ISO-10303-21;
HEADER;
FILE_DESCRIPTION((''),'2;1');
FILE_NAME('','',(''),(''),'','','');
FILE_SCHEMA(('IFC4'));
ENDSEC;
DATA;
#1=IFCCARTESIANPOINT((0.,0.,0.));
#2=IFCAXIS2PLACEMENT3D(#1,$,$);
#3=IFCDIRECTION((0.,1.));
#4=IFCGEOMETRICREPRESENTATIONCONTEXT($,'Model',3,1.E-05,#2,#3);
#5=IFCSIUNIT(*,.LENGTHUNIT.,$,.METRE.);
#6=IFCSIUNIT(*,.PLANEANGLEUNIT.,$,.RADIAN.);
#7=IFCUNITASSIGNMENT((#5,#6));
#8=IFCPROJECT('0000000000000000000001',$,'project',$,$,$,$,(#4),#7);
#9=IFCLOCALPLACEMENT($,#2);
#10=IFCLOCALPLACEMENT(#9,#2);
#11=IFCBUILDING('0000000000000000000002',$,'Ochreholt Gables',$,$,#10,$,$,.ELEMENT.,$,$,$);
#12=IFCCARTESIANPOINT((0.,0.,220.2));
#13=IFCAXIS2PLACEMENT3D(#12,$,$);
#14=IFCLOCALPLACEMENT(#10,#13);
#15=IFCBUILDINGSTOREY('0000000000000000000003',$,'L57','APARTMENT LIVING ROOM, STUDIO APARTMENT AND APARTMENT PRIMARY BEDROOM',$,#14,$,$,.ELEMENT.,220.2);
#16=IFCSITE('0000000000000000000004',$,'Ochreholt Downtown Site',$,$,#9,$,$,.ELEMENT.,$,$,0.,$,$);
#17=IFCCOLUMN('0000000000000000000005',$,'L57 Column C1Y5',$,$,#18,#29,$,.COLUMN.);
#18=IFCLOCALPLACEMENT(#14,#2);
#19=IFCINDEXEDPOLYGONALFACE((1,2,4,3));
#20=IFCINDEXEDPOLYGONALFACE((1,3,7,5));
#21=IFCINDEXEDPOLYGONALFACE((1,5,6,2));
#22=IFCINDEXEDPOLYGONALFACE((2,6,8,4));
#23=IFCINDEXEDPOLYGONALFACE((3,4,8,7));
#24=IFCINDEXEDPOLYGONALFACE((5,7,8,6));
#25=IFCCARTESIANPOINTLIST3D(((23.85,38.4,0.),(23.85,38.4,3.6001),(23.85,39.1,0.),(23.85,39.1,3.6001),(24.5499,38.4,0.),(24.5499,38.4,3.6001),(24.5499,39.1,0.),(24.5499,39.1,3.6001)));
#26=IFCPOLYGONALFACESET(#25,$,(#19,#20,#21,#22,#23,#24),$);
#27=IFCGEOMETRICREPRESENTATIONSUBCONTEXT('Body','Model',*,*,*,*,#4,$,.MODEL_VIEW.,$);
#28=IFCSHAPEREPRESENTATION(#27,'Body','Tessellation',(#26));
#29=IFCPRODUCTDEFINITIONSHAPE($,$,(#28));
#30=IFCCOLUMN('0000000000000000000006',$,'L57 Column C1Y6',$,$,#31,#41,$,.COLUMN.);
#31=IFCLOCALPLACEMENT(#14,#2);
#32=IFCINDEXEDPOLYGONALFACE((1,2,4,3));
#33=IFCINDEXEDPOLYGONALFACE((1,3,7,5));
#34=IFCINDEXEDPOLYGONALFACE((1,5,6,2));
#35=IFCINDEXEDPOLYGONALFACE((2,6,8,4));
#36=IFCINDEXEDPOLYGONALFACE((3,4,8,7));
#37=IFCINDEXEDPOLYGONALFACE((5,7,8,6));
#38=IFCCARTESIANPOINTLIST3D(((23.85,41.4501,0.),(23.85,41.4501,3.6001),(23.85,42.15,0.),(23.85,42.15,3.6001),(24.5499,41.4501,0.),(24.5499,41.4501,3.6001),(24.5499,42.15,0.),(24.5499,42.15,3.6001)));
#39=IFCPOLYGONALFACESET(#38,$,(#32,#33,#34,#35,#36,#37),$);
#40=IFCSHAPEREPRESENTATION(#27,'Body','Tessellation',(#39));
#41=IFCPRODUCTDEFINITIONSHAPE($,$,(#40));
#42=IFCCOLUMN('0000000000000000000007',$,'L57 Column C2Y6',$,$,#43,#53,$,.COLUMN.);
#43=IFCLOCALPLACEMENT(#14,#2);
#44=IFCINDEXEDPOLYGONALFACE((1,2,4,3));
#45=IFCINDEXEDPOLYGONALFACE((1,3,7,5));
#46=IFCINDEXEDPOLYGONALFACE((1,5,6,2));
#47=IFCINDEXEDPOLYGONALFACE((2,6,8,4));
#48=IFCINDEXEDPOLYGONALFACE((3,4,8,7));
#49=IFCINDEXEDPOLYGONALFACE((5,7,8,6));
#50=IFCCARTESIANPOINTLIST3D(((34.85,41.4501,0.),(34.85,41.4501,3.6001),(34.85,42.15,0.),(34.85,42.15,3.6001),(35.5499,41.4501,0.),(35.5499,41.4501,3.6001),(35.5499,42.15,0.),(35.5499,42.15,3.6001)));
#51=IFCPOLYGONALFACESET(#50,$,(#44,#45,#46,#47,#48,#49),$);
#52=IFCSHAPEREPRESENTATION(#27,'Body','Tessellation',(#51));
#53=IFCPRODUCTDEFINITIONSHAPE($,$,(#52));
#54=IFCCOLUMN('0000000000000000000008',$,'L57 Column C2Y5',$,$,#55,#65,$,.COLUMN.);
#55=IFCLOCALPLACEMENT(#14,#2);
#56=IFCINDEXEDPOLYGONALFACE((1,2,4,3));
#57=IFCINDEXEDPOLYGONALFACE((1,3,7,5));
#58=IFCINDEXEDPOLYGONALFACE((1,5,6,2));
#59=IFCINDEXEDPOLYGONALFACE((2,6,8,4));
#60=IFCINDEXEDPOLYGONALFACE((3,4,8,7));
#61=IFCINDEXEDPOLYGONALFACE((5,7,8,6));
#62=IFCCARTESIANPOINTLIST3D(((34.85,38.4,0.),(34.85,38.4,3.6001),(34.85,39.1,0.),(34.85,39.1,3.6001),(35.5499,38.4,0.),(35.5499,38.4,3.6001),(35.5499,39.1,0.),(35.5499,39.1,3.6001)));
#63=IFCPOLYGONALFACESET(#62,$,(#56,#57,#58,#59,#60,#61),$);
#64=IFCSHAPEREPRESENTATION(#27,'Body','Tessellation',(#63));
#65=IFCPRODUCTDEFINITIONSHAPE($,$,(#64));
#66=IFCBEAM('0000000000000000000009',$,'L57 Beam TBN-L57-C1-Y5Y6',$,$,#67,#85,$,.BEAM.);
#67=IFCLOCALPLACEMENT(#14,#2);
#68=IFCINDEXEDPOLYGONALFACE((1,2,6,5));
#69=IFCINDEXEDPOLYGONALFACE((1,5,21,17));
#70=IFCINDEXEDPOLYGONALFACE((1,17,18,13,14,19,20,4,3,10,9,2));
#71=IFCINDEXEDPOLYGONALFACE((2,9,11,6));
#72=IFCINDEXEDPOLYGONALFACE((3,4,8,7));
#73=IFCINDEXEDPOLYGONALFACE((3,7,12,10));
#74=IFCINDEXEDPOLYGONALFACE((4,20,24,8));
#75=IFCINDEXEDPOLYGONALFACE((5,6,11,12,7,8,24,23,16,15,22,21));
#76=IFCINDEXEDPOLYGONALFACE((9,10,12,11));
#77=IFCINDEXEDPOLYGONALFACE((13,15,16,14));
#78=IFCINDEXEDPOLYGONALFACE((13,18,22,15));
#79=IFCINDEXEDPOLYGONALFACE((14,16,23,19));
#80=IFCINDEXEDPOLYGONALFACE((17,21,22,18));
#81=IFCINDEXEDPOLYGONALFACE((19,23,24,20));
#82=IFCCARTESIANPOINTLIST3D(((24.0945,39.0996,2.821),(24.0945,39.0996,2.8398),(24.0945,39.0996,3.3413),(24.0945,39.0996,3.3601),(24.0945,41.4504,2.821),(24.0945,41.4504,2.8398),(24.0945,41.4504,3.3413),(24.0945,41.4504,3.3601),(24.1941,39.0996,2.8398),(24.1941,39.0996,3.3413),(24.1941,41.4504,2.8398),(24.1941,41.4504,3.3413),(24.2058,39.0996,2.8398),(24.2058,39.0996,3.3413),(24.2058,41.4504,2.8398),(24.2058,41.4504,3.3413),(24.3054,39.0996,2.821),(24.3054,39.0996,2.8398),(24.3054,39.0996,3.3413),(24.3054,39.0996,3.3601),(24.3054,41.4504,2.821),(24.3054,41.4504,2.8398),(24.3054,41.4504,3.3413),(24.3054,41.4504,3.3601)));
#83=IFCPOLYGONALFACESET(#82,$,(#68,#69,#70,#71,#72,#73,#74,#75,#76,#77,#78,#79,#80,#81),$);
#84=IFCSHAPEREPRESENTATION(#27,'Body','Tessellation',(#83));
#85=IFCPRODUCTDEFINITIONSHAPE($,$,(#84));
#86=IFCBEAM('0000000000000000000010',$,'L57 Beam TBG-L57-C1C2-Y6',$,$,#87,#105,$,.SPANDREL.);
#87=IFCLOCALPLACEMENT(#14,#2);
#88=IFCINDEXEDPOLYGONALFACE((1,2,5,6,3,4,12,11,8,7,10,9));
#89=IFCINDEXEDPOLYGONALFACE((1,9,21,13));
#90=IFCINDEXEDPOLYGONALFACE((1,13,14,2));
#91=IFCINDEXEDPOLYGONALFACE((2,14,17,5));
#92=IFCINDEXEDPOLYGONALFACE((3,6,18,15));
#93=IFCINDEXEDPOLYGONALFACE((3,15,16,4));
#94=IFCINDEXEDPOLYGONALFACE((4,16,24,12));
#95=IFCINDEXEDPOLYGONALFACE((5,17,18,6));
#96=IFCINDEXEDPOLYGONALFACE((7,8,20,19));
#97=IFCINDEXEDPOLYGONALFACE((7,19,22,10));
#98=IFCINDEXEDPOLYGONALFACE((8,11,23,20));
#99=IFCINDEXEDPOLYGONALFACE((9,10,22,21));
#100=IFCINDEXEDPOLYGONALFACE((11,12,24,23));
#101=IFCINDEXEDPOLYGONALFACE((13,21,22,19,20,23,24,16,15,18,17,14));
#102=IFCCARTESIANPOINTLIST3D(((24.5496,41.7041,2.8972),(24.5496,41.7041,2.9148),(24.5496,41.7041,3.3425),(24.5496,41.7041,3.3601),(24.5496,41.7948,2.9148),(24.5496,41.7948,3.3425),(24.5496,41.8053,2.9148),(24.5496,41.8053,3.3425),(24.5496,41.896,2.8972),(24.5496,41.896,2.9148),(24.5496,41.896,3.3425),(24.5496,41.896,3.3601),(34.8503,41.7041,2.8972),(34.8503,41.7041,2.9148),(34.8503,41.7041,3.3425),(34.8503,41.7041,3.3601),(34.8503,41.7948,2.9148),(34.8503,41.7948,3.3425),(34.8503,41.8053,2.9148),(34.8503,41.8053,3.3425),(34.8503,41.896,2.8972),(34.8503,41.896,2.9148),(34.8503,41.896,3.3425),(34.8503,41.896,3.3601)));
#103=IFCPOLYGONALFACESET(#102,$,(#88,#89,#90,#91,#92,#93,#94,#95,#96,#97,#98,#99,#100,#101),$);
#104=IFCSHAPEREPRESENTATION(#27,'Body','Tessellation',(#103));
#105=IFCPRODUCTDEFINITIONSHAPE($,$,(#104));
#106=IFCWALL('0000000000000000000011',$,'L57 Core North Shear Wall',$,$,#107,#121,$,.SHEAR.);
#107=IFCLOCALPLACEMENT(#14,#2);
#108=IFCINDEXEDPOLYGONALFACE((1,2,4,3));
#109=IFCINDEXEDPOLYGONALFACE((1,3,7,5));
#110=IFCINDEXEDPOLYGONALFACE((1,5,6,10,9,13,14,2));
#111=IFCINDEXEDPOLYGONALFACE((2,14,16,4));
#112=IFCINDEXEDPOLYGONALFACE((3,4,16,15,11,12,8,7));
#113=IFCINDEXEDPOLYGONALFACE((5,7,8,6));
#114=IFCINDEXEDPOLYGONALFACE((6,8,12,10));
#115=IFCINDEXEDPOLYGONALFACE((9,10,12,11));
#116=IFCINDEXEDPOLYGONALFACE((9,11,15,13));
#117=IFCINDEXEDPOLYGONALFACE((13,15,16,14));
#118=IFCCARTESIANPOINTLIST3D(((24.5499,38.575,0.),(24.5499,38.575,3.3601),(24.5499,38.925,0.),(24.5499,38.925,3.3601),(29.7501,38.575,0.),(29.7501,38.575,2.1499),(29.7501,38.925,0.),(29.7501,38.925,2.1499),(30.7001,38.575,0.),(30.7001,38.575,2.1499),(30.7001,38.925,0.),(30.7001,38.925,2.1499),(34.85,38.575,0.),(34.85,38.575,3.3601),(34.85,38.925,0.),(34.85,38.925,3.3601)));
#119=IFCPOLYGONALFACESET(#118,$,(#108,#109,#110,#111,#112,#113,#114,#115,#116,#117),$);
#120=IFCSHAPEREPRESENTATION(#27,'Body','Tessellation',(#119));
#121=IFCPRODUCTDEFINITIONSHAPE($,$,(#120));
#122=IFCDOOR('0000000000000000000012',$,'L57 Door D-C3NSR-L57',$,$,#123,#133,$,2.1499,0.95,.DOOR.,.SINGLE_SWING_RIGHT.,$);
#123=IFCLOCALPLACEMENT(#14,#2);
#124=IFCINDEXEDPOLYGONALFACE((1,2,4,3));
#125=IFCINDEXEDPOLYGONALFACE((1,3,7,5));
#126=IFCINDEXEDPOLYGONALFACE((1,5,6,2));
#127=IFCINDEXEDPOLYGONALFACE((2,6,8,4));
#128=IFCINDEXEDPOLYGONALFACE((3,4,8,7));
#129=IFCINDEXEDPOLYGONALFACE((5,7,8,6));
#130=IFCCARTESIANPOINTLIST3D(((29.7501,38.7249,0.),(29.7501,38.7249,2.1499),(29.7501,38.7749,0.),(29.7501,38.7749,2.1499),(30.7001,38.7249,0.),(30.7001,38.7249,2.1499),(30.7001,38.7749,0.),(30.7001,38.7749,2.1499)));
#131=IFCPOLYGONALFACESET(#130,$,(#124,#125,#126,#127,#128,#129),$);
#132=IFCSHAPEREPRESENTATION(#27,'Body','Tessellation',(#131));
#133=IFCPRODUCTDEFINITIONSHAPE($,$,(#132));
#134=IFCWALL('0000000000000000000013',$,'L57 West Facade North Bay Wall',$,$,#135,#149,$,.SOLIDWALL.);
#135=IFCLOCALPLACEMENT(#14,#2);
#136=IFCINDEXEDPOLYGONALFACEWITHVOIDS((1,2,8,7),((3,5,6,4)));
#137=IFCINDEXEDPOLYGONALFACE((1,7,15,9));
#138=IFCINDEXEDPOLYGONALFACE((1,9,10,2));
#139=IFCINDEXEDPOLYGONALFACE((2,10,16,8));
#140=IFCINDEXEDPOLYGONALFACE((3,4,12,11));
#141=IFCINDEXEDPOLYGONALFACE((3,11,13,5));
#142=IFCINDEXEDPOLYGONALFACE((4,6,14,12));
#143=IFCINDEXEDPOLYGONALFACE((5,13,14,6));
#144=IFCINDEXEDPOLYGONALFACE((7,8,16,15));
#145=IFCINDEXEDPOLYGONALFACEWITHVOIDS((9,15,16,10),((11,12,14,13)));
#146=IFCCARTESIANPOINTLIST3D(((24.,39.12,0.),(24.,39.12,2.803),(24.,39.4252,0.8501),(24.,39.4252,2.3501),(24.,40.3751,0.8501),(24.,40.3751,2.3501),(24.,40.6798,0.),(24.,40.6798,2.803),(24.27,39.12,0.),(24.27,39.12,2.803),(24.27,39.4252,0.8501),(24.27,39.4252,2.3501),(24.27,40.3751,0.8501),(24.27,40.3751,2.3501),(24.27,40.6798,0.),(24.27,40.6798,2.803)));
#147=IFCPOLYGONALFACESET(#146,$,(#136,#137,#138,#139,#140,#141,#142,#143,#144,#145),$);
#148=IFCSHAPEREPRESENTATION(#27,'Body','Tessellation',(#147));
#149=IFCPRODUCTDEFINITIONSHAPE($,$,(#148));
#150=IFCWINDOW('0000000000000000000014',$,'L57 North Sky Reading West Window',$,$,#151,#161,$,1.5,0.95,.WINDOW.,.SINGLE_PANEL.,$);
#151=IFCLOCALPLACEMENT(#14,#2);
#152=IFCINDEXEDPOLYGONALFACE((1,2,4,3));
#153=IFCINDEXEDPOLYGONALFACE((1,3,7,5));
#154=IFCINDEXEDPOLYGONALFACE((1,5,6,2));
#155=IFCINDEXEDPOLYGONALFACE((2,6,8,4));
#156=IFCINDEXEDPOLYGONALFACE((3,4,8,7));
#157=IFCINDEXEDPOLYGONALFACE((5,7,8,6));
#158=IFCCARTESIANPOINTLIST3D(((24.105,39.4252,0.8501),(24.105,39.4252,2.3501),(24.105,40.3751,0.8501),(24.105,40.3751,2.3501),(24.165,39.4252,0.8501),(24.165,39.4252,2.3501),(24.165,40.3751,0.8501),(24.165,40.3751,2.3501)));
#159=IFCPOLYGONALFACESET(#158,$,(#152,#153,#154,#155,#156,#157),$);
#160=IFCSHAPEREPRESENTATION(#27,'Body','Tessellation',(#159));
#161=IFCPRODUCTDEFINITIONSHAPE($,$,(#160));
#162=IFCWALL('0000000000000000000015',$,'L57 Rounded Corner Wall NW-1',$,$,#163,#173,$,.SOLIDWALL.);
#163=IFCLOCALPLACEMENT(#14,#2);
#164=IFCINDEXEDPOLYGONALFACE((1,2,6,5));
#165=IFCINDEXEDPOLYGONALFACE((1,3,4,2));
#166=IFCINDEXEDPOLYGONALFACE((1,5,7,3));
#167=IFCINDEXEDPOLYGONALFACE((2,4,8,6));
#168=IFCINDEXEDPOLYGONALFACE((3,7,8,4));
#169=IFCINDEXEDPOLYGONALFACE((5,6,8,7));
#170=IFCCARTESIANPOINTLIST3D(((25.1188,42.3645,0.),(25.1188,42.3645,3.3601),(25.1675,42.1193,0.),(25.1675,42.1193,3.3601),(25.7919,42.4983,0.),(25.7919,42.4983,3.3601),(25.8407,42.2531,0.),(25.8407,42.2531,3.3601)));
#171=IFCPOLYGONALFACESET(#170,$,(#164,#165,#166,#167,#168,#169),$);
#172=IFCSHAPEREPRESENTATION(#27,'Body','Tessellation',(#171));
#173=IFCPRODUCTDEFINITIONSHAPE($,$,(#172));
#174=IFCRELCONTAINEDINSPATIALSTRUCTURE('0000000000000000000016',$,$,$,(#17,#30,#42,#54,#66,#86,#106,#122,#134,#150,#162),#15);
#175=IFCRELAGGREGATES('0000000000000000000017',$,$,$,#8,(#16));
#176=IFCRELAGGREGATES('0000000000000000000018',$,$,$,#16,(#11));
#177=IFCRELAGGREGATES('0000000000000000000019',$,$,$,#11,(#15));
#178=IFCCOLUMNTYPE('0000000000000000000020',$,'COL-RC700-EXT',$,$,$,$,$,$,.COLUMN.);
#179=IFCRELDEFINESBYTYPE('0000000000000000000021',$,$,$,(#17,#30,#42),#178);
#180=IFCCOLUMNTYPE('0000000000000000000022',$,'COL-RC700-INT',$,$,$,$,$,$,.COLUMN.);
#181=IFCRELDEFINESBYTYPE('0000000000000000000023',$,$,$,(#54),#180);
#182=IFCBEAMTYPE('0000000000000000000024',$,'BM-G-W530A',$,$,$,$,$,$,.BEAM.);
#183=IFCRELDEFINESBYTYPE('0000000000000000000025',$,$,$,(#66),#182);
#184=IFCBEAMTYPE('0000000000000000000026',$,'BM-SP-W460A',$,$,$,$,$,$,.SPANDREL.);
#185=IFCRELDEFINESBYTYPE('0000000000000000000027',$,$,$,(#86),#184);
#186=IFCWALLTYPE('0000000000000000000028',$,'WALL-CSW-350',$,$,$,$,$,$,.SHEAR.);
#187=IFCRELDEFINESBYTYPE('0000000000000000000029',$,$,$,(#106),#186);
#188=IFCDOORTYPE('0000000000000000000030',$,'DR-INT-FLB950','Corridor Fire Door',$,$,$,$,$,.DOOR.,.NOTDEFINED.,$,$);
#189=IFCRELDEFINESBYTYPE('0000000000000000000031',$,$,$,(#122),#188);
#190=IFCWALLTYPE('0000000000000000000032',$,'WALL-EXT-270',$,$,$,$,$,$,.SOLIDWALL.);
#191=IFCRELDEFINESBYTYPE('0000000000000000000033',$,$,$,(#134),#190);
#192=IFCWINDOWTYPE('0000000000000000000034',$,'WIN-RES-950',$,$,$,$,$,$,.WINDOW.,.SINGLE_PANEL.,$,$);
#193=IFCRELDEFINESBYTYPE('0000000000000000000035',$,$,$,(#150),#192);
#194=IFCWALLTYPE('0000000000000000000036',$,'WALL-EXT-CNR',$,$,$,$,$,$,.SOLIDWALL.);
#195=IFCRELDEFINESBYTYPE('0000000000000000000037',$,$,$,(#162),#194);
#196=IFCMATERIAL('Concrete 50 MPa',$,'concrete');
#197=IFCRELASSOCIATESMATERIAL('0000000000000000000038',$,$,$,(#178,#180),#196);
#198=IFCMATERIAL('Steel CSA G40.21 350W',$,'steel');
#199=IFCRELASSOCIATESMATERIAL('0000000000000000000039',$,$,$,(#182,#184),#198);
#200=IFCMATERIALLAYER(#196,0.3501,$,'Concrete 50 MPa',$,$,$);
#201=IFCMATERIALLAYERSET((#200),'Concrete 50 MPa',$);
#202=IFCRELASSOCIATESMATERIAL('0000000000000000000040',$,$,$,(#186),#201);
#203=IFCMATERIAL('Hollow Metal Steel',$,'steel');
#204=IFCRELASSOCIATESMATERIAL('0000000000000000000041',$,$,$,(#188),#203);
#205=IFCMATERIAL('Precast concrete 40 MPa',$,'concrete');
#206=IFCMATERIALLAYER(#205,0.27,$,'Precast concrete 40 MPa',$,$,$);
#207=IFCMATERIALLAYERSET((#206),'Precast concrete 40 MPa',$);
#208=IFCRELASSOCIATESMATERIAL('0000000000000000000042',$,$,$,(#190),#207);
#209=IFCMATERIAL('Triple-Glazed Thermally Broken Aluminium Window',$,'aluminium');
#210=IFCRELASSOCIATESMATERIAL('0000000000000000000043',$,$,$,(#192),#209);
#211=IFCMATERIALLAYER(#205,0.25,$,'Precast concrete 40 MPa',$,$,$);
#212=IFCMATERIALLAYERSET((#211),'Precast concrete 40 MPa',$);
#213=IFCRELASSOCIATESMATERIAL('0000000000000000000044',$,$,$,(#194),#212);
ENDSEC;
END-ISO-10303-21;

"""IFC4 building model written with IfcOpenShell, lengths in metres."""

from ifc_helpers import new_model, si_unit, direction, frame, frame_2d, origin, origin_2d, place, context, subcontext, project, spatial, rectangle, i_section, extrude, material, layer, layer_set, material_profile, profile_set, type_object, element, fill, save


model = new_model("IFC4")

# Units and contexts
model_context = context("Model", 3, precision=1e-05, world=origin(), true_north=direction((0.0, 1.0)))
body_context = subcontext(model_context, "Body", "Model", "MODEL_VIEW")
ifc_project = project(units=[si_unit("LENGTHUNIT", "METRE"), si_unit("PLANEANGLEUNIT", "RADIAN")], contexts=[model_context])

# Site, building, storey
site_placement = place(None, origin())
site = spatial("IfcSite", under=ifc_project, at=site_placement, Name="Ochreholt Downtown Site", CompositionType="ELEMENT", RefElevation=0.0)
building_placement = place(site_placement, origin())
building = spatial("IfcBuilding", under=site, at=building_placement, Name="Ochreholt Gables", CompositionType="ELEMENT")
storey_placement = place(building_placement, frame((0.0, 0.0, 220.2)))
storey = spatial("IfcBuildingStorey", under=building, at=storey_placement, Name="L57", Description="APARTMENT LIVING ROOM, STUDIO APARTMENT AND APARTMENT PRIMARY BEDROOM", CompositionType="ELEMENT", Elevation=220.2)

# Columns
ifc_material_1 = material(Name="Concrete 50 MPa", Category="concrete")
ifc_material_profile_1 = material_profile(ifc_material_1, rectangle(XDim=0.7, YDim=0.7, at=origin_2d()), Name="RC700X700")
ifc_profile_set_1 = profile_set([ifc_material_profile_1], Name="Concrete 50 MPa")
column_type_1 = type_object("IfcColumnType", Name="COL-RC700-EXT", PredefinedType="COLUMN", material=ifc_profile_set_1)
for number, where, z_axis, x_axis, name in (
    (1, (24.2, 38.75, 0.0), (0.0, 0.0, 1.0), (1.0, 0.0, 0.0), "L57 Column C1Y5"),
    (2, (24.2, 41.8, 0.0), (0.0, 0.0, 1.0), (1.0, 0.0, 0.0), "L57 Column C1Y6"),
    (3, (35.2, 41.8, 0.0), (0.0, 0.0, 1.0), (1.0, 0.0, 0.0), "L57 Column C2Y6"),
):
    element("IfcColumn", number, at=place(storey_placement, frame(where, z_axis=z_axis, x_axis=x_axis)), inside=storey, type_object=column_type_1, Name=name, PredefinedType="COLUMN", context=body_context, shape_type="SweptSolid", body=[
        extrude(rectangle(XDim=0.7, YDim=0.7, at=origin_2d()), origin(), (0.0, 0.0, 1.0), 3.6001),
    ])
ifc_material_profile_2 = material_profile(ifc_material_1, rectangle(XDim=0.7, YDim=0.7, at=origin_2d()), Name="RC700X700")
ifc_profile_set_2 = profile_set([ifc_material_profile_2], Name="Concrete 50 MPa")
column_type_2 = type_object("IfcColumnType", Name="COL-RC700-INT", PredefinedType="COLUMN", material=ifc_profile_set_2)
column_placement = place(storey_placement, frame((35.2, 38.75, 0.0), z_axis=(0.0, 0.0, 1.0), x_axis=(1.0, 0.0, 0.0)))
element("IfcColumn", 4, at=column_placement, inside=storey, type_object=column_type_2, Name="L57 Column C2Y5", PredefinedType="COLUMN", context=body_context, shape_type="SweptSolid", body=[
    extrude(rectangle(XDim=0.7, YDim=0.7, at=origin_2d()), origin(), (0.0, 0.0, 1.0), 3.6001),
])

# Beams
ifc_material_2 = material(Name="Steel CSA G40.21 350W", Category="steel")
ifc_material_profile_3 = material_profile(ifc_material_2, i_section(OverallWidth=0.2109, OverallDepth=0.5391, WebThickness=0.0117, FlangeThickness=0.0188, at=origin_2d()), Name="W530X109")
ifc_profile_set_3 = profile_set([ifc_material_profile_3], Name="Steel CSA G40.21 350W")
beam_type_1 = type_object("IfcBeamType", Name="BM-G-W530A", PredefinedType="BEAM", material=ifc_profile_set_3)
beam_1_placement = place(storey_placement, frame((24.2, 39.0996, 3.0906), z_axis=(0.0, 1.0, 0.0), x_axis=(-1.0, 0.0, 0.0)))
element("IfcBeam", 5, at=beam_1_placement, inside=storey, type_object=beam_type_1, Name="L57 Beam TBN-L57-C1-Y5Y6", PredefinedType="BEAM", context=body_context, shape_type="SweptSolid", body=[
    extrude(i_section(OverallWidth=0.2109, OverallDepth=0.5391, WebThickness=0.0117, FlangeThickness=0.0188, at=origin_2d()), origin(), (0.0, 0.0, 1.0), 2.3508),
])
ifc_material_profile_4 = material_profile(ifc_material_2, i_section(OverallWidth=0.1919, OverallDepth=0.4629, WebThickness=0.0105, FlangeThickness=0.0176, at=origin_2d()), Name="W460X89")
ifc_profile_set_4 = profile_set([ifc_material_profile_4], Name="Steel CSA G40.21 350W")
beam_type_2 = type_object("IfcBeamType", Name="BM-SP-W460A", PredefinedType="SPANDREL", material=ifc_profile_set_4)
beam_2_placement = place(storey_placement, frame((24.5496, 41.8, 3.1287), z_axis=(1.0, 0.0, 0.0), x_axis=(0.0, 1.0, 0.0)))
element("IfcBeam", 6, at=beam_2_placement, inside=storey, type_object=beam_type_2, Name="L57 Beam TBG-L57-C1C2-Y6", PredefinedType="SPANDREL", context=body_context, shape_type="SweptSolid", body=[
    extrude(i_section(OverallWidth=0.1919, OverallDepth=0.4629, WebThickness=0.0105, FlangeThickness=0.0176, at=origin_2d()), origin(), (0.0, 0.0, 1.0), 10.3008),
])

# Wall, opening, door
ifc_layer_1 = layer(ifc_material_1, 0.3501, Name="Concrete 50 MPa")
ifc_layer_set_1 = layer_set([ifc_layer_1], Name="Concrete 50 MPa")
wall_type_1 = type_object("IfcWallType", Name="WALL-CSW-350", PredefinedType="SHEAR", material=ifc_layer_set_1)
wall_1_placement = place(storey_placement, frame((24.55, 38.75, 0.0), z_axis=(0.0, 0.0, 1.0), x_axis=(1.0, 0.0, 0.0)))
wall_1 = element("IfcWall", 7, at=wall_1_placement, inside=storey, type_object=wall_type_1, Name="L57 Core North Shear Wall", PredefinedType="SHEAR", context=body_context, shape_type="SweptSolid", body=[
    extrude(rectangle(XDim=10.3, YDim=0.3501, at=frame_2d((5.1499, 0.0))), origin(), (0.0, 0.0, 1.0), 3.3601),
])
opening_1_placement = place(wall_1_placement, frame((5.2, 0.0, 0.0)))
opening_1 = element("IfcOpeningElement", 8, at=opening_1_placement, cuts=wall_1, PredefinedType="OPENING", context=body_context, shape_type="SweptSolid", body=[
    extrude(rectangle(XDim=0.95, YDim=2.1499, at=frame_2d((0.4751, 1.075))), frame((0.0, 0.1851, 0.0), z_axis=(0.0, -1.0, 0.0), x_axis=(1.0, 0.0, 0.0)), (0.0, 0.0, 1.0), 0.3701),
])
ifc_material_3 = material(Name="Hollow Metal Steel", Category="steel")
door_type_1 = type_object("IfcDoorType", Name="DR-INT-FLB950", Description="Corridor Fire Door", OperationType="NOTDEFINED", PredefinedType="DOOR", material=ifc_material_3)
door_1_placement = place(opening_1_placement, origin())
door_1 = element("IfcDoor", 9, at=door_1_placement, inside=storey, type_object=door_type_1, Name="L57 Door D-C3NSR-L57", OperationType="SINGLE_SWING_RIGHT", OverallHeight=2.1499, OverallWidth=0.95, PredefinedType="DOOR", context=body_context, shape_type="SweptSolid", body=[
    extrude(rectangle(XDim=0.95, YDim=2.1499, at=frame_2d((0.4751, 1.075))), frame((0.0, 0.0249, 0.0), z_axis=(0.0, -1.0, 0.0), x_axis=(1.0, 0.0, 0.0)), (0.0, 0.0, 1.0), 0.05),
])
fill(opening_1, door_1)

# Wall, opening, window
ifc_material_4 = material(Name="Precast concrete 40 MPa", Category="concrete")
ifc_layer_2 = layer(ifc_material_4, 0.27, Name="Precast concrete 40 MPa")
ifc_layer_set_2 = layer_set([ifc_layer_2], Name="Precast concrete 40 MPa")
wall_type_2 = type_object("IfcWallType", Name="WALL-EXT-270", PredefinedType="SOLIDWALL", material=ifc_layer_set_2)
wall_2_placement = place(storey_placement, frame((24.135, 39.1201, 0.0), z_axis=(0.0, 0.0, 1.0), x_axis=(0.0, 1.0, 0.0)))
wall_2 = element("IfcWall", 10, at=wall_2_placement, inside=storey, type_object=wall_type_2, Name="L57 West Facade North Bay Wall", PredefinedType="SOLIDWALL", context=body_context, shape_type="SweptSolid", body=[
    extrude(rectangle(XDim=1.5598, YDim=0.27, at=frame_2d((0.7798, 0.0))), origin(), (0.0, 0.0, 1.0), 2.803),
])
opening_2_placement = place(wall_2_placement, frame((0.3049, 0.0, 0.8501)))
opening_2 = element("IfcOpeningElement", 11, at=opening_2_placement, cuts=wall_2, PredefinedType="OPENING", context=body_context, shape_type="SweptSolid", body=[
    extrude(rectangle(XDim=0.95, YDim=1.5, at=frame_2d((0.4751, 0.75))), frame((0.0, 0.145, 0.0), z_axis=(0.0, -1.0, 0.0), x_axis=(1.0, 0.0, 0.0)), (0.0, 0.0, 1.0), 0.29),
])
ifc_material_5 = material(Name="Triple-Glazed Thermally Broken Aluminium Window", Category="aluminium")
window_type = type_object("IfcWindowType", Name="WIN-RES-950", PartitioningType="SINGLE_PANEL", PredefinedType="WINDOW", material=ifc_material_5)
window_placement = place(opening_2_placement, origin())
window = element("IfcWindow", 12, at=window_placement, inside=storey, type_object=window_type, Name="L57 North Sky Reading West Window", OverallHeight=1.5, OverallWidth=0.95, PartitioningType="SINGLE_PANEL", PredefinedType="WINDOW", context=body_context, shape_type="SweptSolid", body=[
    extrude(rectangle(XDim=0.95, YDim=1.5, at=frame_2d((0.4751, 0.75))), frame((0.0, 0.03, 0.0), z_axis=(0.0, -1.0, 0.0), x_axis=(1.0, 0.0, 0.0)), (0.0, 0.0, 1.0), 0.0601),
])
fill(opening_2, window)

# Wall
ifc_layer_3 = layer(ifc_material_4, 0.25, Name="Precast concrete 40 MPa")
ifc_layer_set_3 = layer_set([ifc_layer_3], Name="Precast concrete 40 MPa")
wall_type_3 = type_object("IfcWallType", Name="WALL-EXT-CNR", PredefinedType="SOLIDWALL", material=ifc_layer_set_3)
wall_3_placement = place(storey_placement, frame((25.8164, 42.3757, 0.0), z_axis=(0.0, 0.0, 1.0), x_axis=(-0.980813, -0.194953, 0.0)))
element("IfcWall", 13, at=wall_3_placement, inside=storey, type_object=wall_type_3, Name="L57 Rounded Corner Wall NW-1", PredefinedType="SOLIDWALL", context=body_context, shape_type="SweptSolid", body=[
    extrude(rectangle(XDim=0.6863, YDim=0.25, at=frame_2d((0.3433, 0.0))), origin(), (0.0, 0.0, 1.0), 3.3601),
])

save(model, "model.ifc")
